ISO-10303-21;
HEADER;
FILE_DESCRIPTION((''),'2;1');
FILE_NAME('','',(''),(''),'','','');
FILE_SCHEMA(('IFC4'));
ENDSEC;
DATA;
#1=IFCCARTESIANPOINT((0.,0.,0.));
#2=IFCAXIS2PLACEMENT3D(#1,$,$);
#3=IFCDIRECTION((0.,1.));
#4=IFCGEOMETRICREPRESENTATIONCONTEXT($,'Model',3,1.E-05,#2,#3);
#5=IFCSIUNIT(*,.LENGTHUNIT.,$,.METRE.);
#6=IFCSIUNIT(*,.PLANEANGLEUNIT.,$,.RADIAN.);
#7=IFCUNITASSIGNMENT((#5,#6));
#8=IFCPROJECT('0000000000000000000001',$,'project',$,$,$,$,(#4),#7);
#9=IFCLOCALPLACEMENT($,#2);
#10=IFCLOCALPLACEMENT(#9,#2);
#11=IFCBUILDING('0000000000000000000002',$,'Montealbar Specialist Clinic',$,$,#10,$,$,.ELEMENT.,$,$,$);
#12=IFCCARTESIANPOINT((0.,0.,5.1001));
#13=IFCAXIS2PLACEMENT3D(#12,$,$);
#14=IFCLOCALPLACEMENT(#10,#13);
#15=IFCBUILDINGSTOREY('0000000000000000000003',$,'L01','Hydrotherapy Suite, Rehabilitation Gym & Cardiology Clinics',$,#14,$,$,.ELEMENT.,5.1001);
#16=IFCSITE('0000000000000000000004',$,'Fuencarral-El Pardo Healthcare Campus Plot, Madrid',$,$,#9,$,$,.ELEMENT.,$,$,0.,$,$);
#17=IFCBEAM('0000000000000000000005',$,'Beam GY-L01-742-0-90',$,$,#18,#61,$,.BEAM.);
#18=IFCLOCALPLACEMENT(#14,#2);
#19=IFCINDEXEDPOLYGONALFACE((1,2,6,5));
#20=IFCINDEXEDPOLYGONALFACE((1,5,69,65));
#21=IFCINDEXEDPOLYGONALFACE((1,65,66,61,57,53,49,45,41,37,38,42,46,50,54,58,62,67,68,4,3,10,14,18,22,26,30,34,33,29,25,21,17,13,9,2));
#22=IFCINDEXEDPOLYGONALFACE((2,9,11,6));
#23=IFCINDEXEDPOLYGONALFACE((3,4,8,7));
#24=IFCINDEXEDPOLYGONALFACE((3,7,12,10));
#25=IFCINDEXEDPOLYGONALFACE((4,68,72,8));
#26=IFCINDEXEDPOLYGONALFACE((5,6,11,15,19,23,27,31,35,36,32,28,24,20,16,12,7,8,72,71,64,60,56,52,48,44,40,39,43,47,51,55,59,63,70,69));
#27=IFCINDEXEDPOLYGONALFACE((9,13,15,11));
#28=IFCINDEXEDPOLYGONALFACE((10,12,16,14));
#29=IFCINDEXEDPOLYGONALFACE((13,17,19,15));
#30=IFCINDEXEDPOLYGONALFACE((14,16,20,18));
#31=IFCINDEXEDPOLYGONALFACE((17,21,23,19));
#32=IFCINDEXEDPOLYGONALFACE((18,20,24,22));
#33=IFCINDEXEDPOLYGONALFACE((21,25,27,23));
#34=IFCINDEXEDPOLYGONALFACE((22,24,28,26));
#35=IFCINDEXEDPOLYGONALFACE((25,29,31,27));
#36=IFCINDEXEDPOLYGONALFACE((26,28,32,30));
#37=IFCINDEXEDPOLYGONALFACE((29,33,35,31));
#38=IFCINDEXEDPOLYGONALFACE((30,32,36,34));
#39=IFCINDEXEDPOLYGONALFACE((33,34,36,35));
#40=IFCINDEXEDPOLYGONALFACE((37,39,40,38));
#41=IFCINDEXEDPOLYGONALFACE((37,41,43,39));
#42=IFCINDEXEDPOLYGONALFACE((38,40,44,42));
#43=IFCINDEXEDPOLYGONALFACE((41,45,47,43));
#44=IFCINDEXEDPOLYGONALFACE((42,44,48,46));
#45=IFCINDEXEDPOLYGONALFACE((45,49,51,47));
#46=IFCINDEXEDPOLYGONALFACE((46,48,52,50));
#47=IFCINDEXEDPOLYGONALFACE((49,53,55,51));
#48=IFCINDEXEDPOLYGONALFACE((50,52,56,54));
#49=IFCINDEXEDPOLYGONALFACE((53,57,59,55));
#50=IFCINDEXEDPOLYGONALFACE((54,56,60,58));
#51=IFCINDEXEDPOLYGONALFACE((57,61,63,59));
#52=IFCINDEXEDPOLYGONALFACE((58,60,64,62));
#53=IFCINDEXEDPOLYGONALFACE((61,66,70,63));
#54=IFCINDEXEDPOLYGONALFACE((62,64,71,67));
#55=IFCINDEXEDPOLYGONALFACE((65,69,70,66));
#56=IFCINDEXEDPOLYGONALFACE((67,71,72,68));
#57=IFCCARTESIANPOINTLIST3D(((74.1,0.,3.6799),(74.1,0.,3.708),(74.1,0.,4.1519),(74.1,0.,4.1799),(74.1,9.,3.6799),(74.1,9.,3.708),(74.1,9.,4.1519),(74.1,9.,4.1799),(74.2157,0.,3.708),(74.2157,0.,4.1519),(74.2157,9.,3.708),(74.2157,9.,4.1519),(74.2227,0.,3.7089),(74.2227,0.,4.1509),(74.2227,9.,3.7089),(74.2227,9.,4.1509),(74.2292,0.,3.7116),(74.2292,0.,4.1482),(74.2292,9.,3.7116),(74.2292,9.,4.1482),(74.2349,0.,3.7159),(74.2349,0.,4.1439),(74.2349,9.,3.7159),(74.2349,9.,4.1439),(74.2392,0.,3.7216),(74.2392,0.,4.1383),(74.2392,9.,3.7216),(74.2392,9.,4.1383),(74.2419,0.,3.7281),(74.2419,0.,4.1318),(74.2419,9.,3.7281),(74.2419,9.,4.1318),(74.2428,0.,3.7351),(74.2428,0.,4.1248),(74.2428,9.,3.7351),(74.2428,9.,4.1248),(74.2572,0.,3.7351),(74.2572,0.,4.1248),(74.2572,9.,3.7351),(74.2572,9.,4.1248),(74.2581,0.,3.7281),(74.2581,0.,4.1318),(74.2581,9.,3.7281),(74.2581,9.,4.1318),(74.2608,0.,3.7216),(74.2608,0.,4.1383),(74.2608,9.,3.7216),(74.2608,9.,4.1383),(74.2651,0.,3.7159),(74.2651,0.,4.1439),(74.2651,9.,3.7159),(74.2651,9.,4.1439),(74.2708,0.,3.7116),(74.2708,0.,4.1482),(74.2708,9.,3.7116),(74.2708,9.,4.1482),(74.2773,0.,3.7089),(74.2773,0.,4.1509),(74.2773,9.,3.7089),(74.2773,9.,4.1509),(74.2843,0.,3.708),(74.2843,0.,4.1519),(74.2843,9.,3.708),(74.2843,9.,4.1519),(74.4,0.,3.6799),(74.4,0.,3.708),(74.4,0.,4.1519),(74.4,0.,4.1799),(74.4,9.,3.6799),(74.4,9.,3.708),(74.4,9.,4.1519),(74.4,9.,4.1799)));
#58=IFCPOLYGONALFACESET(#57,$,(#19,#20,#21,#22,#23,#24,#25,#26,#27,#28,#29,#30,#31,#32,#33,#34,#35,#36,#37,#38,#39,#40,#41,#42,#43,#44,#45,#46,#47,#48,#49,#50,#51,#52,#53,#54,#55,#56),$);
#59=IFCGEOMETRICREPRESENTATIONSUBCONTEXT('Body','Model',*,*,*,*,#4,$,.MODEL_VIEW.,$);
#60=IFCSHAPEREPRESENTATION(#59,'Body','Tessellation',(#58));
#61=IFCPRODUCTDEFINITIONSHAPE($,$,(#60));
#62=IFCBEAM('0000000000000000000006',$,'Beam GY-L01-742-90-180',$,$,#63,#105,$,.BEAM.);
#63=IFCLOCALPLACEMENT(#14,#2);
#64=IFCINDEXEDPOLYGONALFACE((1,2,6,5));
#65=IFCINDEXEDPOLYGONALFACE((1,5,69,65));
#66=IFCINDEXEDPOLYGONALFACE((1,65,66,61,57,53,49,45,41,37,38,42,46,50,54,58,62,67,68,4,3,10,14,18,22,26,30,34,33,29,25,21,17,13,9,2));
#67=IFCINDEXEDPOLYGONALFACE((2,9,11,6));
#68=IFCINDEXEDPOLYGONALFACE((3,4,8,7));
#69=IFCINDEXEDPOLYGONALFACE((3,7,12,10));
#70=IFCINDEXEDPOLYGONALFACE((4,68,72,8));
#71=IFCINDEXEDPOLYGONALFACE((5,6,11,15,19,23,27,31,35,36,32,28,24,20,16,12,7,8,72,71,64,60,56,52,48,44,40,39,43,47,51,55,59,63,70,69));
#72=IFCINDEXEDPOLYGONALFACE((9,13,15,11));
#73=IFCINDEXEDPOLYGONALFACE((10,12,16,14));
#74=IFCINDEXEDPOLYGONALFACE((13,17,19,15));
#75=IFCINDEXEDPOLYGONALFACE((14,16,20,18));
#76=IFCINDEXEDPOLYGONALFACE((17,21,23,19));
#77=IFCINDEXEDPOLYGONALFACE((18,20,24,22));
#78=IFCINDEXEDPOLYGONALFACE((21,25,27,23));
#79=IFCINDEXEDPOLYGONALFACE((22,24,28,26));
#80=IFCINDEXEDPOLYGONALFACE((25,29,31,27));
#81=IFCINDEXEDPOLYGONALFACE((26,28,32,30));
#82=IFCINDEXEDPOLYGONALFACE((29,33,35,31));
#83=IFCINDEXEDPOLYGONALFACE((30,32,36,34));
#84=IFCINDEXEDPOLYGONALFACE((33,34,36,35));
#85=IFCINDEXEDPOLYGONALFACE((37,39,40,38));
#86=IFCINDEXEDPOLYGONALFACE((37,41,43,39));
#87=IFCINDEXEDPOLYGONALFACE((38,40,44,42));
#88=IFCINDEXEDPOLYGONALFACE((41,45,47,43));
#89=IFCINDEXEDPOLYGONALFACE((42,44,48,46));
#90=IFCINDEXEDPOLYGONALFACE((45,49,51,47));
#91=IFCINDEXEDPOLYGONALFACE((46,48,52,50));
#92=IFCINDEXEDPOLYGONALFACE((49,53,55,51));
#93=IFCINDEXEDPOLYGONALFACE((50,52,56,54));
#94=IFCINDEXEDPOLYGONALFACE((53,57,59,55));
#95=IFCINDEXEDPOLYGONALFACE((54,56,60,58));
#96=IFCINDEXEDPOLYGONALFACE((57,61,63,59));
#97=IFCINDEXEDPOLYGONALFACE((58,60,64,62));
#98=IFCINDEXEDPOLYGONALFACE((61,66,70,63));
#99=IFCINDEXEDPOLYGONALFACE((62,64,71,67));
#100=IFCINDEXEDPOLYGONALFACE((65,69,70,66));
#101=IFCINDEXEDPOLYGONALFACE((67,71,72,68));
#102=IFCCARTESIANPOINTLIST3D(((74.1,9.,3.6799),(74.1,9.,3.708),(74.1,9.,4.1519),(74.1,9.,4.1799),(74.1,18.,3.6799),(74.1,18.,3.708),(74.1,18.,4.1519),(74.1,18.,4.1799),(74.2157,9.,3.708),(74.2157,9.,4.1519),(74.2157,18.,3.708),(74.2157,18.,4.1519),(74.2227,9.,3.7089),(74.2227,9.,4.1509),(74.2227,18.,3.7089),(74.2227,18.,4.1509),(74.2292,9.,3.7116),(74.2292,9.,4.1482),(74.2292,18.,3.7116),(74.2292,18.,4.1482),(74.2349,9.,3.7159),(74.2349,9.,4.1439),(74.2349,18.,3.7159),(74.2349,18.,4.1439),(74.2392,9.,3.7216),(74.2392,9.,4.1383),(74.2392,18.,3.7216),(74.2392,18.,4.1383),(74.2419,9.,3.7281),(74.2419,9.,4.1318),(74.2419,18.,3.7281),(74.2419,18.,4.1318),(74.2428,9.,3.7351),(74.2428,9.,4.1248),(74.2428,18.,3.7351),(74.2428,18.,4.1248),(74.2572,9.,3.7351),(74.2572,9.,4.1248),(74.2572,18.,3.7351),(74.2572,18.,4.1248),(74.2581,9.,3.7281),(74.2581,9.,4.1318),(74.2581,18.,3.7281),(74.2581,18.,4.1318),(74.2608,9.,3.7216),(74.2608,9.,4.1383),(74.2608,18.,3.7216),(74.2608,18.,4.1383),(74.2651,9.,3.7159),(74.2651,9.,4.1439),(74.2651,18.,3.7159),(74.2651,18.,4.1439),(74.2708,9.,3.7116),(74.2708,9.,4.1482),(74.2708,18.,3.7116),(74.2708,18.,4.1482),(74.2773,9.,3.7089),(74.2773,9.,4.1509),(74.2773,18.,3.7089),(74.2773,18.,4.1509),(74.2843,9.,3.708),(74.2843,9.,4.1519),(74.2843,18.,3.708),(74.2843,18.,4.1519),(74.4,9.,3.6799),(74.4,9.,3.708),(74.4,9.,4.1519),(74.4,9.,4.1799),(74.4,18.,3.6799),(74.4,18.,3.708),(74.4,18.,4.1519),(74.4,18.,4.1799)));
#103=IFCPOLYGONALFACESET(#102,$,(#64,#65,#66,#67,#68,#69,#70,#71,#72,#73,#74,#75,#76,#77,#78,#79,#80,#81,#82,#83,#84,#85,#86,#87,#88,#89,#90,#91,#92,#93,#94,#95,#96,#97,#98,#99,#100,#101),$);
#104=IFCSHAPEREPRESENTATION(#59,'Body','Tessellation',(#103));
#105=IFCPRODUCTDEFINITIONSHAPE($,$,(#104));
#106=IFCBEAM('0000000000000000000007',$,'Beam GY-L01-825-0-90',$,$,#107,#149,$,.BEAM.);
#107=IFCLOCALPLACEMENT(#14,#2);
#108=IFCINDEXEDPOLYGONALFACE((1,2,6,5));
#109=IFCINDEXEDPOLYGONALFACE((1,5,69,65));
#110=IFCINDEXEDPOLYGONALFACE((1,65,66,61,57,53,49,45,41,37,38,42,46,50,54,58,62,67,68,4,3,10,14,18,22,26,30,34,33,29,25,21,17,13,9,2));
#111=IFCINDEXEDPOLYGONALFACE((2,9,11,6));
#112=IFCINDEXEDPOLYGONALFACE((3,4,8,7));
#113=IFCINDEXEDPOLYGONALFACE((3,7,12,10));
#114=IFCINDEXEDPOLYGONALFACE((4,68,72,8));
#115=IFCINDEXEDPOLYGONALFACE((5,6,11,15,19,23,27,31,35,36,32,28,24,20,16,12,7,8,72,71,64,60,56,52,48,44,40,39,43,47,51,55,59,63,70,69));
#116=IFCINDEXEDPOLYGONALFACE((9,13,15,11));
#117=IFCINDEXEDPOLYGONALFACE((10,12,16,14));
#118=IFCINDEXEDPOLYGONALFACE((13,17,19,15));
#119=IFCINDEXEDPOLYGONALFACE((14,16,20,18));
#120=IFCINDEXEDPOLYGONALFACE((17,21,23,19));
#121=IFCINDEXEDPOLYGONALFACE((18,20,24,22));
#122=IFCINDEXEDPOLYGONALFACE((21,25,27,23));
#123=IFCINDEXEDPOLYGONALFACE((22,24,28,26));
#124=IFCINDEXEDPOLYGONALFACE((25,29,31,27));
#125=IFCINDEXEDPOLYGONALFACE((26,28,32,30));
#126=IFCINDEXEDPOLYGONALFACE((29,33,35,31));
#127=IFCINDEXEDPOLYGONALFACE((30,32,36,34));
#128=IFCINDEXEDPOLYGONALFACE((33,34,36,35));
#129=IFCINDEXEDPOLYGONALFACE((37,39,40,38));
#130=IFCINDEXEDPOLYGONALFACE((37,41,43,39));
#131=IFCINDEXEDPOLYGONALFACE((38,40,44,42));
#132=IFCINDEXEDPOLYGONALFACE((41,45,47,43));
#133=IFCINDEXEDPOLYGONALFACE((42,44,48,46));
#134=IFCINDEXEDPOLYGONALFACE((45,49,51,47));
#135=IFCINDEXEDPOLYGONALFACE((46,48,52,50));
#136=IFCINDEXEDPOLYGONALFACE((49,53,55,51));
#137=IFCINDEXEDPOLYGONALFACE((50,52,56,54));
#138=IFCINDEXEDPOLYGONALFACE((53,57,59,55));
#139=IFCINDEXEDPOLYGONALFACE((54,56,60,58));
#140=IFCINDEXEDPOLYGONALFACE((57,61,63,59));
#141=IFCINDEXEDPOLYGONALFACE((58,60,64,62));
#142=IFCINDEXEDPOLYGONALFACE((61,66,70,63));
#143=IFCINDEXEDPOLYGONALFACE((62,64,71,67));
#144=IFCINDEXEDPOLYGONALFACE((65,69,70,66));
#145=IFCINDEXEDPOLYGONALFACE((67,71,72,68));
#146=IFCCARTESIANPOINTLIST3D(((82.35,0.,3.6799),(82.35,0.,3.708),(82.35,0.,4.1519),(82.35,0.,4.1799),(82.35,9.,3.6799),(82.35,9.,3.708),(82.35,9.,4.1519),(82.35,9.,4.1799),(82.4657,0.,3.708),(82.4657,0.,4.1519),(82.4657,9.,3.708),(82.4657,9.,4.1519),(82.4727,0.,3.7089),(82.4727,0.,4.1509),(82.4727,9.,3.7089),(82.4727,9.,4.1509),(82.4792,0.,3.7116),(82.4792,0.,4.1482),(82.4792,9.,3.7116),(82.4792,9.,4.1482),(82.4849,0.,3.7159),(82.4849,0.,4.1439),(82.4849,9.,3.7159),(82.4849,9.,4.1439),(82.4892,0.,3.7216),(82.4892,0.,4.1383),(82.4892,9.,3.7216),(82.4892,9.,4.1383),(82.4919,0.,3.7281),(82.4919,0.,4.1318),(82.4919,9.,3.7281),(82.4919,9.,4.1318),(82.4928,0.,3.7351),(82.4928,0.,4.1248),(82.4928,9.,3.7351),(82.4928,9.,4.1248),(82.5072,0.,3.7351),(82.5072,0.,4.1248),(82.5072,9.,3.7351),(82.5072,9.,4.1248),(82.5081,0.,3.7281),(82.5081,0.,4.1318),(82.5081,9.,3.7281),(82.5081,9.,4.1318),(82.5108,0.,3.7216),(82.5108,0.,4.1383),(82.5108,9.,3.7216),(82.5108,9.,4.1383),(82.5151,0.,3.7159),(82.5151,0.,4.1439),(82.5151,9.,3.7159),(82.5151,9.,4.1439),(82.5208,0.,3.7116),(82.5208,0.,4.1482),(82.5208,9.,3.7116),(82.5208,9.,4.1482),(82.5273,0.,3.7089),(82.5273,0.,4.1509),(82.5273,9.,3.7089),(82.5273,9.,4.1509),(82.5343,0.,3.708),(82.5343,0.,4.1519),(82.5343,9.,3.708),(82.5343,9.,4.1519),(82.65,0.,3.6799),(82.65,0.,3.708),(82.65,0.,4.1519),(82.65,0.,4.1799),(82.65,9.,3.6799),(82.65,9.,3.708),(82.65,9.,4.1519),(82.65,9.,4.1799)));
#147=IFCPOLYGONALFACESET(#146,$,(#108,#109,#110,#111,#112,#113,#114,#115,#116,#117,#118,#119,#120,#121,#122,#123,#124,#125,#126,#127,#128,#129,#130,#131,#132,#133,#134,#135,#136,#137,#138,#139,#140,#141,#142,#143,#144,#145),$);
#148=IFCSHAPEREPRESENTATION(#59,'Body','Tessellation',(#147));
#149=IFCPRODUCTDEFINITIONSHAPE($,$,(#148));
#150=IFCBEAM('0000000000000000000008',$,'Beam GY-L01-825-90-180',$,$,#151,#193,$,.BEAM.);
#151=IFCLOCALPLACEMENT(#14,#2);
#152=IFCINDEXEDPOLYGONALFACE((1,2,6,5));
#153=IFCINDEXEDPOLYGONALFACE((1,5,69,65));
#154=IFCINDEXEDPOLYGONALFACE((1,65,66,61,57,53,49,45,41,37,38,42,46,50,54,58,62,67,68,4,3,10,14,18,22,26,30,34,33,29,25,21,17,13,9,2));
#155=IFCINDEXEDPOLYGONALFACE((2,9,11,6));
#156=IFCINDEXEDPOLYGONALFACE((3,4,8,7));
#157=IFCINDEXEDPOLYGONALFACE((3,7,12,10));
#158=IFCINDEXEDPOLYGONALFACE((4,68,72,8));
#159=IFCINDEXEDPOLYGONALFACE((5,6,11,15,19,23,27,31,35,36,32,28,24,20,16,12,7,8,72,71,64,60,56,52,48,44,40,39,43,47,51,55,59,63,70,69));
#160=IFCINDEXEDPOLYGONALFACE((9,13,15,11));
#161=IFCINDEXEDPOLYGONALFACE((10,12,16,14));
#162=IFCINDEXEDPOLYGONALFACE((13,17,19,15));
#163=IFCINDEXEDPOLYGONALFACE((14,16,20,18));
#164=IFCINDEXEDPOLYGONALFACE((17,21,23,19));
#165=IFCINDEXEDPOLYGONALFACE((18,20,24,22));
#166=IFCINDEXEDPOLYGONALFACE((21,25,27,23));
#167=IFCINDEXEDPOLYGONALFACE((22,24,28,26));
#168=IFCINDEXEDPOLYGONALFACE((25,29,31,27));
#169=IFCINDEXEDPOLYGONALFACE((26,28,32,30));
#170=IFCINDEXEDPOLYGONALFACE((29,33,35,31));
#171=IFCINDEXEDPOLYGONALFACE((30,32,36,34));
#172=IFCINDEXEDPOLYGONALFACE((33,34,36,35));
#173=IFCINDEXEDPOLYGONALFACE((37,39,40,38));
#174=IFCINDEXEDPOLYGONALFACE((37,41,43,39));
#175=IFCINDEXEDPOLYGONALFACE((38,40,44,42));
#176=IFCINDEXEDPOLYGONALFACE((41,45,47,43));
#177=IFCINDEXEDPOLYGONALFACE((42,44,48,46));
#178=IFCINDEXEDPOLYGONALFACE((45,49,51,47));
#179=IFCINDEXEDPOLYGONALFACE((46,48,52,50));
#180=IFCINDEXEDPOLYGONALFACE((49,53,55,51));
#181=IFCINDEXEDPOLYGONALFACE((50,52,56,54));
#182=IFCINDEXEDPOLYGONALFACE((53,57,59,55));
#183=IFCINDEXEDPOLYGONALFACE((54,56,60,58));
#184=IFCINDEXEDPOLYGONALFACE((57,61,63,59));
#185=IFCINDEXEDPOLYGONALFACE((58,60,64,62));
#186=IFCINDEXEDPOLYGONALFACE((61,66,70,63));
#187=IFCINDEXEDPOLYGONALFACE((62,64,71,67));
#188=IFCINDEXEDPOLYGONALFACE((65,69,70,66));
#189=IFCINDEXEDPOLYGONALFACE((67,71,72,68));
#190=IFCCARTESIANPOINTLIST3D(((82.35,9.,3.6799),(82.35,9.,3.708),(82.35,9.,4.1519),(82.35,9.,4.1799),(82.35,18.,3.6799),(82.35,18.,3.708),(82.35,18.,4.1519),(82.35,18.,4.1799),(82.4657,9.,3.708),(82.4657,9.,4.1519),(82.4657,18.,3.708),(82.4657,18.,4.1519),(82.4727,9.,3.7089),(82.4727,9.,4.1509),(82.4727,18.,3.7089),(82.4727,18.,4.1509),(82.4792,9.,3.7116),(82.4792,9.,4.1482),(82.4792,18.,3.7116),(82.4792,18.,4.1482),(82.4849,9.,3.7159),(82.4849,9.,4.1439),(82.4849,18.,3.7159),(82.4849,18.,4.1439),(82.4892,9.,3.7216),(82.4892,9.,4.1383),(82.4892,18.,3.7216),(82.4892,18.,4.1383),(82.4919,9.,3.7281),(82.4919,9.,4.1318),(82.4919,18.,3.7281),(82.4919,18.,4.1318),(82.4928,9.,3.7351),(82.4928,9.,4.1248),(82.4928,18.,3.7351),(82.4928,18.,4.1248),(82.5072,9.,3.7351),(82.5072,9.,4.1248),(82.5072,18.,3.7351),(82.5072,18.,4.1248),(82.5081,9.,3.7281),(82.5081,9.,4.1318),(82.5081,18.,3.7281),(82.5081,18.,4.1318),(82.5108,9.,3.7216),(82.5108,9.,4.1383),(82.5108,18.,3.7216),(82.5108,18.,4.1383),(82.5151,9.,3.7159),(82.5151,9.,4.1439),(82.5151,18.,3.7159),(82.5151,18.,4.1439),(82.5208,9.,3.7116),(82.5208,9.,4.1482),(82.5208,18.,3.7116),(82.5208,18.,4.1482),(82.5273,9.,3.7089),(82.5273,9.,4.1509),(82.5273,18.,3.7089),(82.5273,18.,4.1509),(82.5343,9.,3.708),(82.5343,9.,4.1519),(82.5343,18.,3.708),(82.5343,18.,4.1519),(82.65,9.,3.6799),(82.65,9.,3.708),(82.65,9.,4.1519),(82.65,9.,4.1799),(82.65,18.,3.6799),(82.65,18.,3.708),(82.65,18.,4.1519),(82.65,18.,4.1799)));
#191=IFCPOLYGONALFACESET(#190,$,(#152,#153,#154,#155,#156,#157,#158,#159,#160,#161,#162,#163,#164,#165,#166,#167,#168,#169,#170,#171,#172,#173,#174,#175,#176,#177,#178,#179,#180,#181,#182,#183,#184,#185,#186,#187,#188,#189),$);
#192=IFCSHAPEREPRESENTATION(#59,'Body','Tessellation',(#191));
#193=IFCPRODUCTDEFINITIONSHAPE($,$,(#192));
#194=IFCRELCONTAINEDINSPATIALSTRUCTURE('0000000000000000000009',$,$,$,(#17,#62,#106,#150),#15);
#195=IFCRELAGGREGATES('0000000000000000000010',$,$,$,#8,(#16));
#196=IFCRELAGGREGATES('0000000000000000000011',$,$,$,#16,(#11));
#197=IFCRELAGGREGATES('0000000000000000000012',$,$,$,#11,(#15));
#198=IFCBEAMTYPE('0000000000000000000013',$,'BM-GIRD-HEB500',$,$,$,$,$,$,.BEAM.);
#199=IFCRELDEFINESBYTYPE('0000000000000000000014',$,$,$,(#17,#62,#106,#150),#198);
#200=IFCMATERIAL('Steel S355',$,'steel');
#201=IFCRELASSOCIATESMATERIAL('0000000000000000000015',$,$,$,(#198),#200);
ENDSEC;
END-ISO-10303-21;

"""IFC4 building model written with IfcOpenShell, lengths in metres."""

from ifc_helpers import new_model, si_unit, direction, frame, origin, origin_2d, place, context, subcontext, project, spatial, i_section, extrude, material, material_profile, profile_set, type_object, element, save


model = new_model("IFC4")

# Units and contexts
model_context = context("Model", 3, precision=1e-05, world=origin(), true_north=direction((0.0, 1.0)))
body_context = subcontext(model_context, "Body", "Model", "MODEL_VIEW")
ifc_project = project(units=[si_unit("LENGTHUNIT", "METRE"), si_unit("PLANEANGLEUNIT", "RADIAN")], contexts=[model_context])

# Site, building, storey
site_placement = place(None, origin())
site = spatial("IfcSite", under=ifc_project, at=site_placement, Name="Fuencarral-El Pardo Healthcare Campus Plot, Madrid", CompositionType="ELEMENT", RefElevation=0.0)
building_placement = place(site_placement, origin())
building = spatial("IfcBuilding", under=site, at=building_placement, Name="Montealbar Specialist Clinic", CompositionType="ELEMENT")
storey_placement = place(building_placement, frame((0.0, 0.0, 5.1001)))
storey = spatial("IfcBuildingStorey", under=building, at=storey_placement, Name="L01", Description="Hydrotherapy Suite, Rehabilitation Gym & Cardiology Clinics", CompositionType="ELEMENT", Elevation=5.1001)

# Shared definitions
ifc_material_1 = material(Name="Steel S355", Category="steel")

# Beams
ifc_material_profile_1 = material_profile(ifc_material_1, i_section(OverallWidth=0.3, OverallDepth=0.5, WebThickness=0.0144, FlangeThickness=0.0281, FilletRadius=0.0271, at=origin_2d()), Name="HEB 500", Category="steel")
ifc_profile_set_1 = profile_set([ifc_material_profile_1], Name="Steel S355")
beam_type_1 = type_object("IfcBeamType", Name="BM-GIRD-HEB500", PredefinedType="BEAM", material=ifc_profile_set_1)
for number, where, z_axis, x_axis, name in (
    (1, (74.25, 0.0, 3.9299), (0.0, 1.0, 0.0), (-1.0, 0.0, 0.0), "Beam GY-L01-742-0-90"),
    (2, (74.25, 9.0, 3.9299), (0.0, 1.0, 0.0), (-1.0, 0.0, 0.0), "Beam GY-L01-742-90-180"),
    (3, (82.5, 0.0, 3.9299), (0.0, 1.0, 0.0), (-1.0, 0.0, 0.0), "Beam GY-L01-825-0-90"),
    (4, (82.5, 9.0, 3.9299), (0.0, 1.0, 0.0), (-1.0, 0.0, 0.0), "Beam GY-L01-825-90-180"),
):
    element("IfcBeam", number, at=place(storey_placement, frame(where, z_axis=z_axis, x_axis=x_axis)), inside=storey, type_object=beam_type_1, Name=name, PredefinedType="BEAM", context=body_context, shape_type="SweptSolid", body=[
        extrude(i_section(OverallWidth=0.3, OverallDepth=0.5, WebThickness=0.0144, FlangeThickness=0.0281, FilletRadius=0.0271, at=origin_2d()), origin(), (0.0, 0.0, 1.0), 9.0),
    ])

save(model, "model.ifc")
